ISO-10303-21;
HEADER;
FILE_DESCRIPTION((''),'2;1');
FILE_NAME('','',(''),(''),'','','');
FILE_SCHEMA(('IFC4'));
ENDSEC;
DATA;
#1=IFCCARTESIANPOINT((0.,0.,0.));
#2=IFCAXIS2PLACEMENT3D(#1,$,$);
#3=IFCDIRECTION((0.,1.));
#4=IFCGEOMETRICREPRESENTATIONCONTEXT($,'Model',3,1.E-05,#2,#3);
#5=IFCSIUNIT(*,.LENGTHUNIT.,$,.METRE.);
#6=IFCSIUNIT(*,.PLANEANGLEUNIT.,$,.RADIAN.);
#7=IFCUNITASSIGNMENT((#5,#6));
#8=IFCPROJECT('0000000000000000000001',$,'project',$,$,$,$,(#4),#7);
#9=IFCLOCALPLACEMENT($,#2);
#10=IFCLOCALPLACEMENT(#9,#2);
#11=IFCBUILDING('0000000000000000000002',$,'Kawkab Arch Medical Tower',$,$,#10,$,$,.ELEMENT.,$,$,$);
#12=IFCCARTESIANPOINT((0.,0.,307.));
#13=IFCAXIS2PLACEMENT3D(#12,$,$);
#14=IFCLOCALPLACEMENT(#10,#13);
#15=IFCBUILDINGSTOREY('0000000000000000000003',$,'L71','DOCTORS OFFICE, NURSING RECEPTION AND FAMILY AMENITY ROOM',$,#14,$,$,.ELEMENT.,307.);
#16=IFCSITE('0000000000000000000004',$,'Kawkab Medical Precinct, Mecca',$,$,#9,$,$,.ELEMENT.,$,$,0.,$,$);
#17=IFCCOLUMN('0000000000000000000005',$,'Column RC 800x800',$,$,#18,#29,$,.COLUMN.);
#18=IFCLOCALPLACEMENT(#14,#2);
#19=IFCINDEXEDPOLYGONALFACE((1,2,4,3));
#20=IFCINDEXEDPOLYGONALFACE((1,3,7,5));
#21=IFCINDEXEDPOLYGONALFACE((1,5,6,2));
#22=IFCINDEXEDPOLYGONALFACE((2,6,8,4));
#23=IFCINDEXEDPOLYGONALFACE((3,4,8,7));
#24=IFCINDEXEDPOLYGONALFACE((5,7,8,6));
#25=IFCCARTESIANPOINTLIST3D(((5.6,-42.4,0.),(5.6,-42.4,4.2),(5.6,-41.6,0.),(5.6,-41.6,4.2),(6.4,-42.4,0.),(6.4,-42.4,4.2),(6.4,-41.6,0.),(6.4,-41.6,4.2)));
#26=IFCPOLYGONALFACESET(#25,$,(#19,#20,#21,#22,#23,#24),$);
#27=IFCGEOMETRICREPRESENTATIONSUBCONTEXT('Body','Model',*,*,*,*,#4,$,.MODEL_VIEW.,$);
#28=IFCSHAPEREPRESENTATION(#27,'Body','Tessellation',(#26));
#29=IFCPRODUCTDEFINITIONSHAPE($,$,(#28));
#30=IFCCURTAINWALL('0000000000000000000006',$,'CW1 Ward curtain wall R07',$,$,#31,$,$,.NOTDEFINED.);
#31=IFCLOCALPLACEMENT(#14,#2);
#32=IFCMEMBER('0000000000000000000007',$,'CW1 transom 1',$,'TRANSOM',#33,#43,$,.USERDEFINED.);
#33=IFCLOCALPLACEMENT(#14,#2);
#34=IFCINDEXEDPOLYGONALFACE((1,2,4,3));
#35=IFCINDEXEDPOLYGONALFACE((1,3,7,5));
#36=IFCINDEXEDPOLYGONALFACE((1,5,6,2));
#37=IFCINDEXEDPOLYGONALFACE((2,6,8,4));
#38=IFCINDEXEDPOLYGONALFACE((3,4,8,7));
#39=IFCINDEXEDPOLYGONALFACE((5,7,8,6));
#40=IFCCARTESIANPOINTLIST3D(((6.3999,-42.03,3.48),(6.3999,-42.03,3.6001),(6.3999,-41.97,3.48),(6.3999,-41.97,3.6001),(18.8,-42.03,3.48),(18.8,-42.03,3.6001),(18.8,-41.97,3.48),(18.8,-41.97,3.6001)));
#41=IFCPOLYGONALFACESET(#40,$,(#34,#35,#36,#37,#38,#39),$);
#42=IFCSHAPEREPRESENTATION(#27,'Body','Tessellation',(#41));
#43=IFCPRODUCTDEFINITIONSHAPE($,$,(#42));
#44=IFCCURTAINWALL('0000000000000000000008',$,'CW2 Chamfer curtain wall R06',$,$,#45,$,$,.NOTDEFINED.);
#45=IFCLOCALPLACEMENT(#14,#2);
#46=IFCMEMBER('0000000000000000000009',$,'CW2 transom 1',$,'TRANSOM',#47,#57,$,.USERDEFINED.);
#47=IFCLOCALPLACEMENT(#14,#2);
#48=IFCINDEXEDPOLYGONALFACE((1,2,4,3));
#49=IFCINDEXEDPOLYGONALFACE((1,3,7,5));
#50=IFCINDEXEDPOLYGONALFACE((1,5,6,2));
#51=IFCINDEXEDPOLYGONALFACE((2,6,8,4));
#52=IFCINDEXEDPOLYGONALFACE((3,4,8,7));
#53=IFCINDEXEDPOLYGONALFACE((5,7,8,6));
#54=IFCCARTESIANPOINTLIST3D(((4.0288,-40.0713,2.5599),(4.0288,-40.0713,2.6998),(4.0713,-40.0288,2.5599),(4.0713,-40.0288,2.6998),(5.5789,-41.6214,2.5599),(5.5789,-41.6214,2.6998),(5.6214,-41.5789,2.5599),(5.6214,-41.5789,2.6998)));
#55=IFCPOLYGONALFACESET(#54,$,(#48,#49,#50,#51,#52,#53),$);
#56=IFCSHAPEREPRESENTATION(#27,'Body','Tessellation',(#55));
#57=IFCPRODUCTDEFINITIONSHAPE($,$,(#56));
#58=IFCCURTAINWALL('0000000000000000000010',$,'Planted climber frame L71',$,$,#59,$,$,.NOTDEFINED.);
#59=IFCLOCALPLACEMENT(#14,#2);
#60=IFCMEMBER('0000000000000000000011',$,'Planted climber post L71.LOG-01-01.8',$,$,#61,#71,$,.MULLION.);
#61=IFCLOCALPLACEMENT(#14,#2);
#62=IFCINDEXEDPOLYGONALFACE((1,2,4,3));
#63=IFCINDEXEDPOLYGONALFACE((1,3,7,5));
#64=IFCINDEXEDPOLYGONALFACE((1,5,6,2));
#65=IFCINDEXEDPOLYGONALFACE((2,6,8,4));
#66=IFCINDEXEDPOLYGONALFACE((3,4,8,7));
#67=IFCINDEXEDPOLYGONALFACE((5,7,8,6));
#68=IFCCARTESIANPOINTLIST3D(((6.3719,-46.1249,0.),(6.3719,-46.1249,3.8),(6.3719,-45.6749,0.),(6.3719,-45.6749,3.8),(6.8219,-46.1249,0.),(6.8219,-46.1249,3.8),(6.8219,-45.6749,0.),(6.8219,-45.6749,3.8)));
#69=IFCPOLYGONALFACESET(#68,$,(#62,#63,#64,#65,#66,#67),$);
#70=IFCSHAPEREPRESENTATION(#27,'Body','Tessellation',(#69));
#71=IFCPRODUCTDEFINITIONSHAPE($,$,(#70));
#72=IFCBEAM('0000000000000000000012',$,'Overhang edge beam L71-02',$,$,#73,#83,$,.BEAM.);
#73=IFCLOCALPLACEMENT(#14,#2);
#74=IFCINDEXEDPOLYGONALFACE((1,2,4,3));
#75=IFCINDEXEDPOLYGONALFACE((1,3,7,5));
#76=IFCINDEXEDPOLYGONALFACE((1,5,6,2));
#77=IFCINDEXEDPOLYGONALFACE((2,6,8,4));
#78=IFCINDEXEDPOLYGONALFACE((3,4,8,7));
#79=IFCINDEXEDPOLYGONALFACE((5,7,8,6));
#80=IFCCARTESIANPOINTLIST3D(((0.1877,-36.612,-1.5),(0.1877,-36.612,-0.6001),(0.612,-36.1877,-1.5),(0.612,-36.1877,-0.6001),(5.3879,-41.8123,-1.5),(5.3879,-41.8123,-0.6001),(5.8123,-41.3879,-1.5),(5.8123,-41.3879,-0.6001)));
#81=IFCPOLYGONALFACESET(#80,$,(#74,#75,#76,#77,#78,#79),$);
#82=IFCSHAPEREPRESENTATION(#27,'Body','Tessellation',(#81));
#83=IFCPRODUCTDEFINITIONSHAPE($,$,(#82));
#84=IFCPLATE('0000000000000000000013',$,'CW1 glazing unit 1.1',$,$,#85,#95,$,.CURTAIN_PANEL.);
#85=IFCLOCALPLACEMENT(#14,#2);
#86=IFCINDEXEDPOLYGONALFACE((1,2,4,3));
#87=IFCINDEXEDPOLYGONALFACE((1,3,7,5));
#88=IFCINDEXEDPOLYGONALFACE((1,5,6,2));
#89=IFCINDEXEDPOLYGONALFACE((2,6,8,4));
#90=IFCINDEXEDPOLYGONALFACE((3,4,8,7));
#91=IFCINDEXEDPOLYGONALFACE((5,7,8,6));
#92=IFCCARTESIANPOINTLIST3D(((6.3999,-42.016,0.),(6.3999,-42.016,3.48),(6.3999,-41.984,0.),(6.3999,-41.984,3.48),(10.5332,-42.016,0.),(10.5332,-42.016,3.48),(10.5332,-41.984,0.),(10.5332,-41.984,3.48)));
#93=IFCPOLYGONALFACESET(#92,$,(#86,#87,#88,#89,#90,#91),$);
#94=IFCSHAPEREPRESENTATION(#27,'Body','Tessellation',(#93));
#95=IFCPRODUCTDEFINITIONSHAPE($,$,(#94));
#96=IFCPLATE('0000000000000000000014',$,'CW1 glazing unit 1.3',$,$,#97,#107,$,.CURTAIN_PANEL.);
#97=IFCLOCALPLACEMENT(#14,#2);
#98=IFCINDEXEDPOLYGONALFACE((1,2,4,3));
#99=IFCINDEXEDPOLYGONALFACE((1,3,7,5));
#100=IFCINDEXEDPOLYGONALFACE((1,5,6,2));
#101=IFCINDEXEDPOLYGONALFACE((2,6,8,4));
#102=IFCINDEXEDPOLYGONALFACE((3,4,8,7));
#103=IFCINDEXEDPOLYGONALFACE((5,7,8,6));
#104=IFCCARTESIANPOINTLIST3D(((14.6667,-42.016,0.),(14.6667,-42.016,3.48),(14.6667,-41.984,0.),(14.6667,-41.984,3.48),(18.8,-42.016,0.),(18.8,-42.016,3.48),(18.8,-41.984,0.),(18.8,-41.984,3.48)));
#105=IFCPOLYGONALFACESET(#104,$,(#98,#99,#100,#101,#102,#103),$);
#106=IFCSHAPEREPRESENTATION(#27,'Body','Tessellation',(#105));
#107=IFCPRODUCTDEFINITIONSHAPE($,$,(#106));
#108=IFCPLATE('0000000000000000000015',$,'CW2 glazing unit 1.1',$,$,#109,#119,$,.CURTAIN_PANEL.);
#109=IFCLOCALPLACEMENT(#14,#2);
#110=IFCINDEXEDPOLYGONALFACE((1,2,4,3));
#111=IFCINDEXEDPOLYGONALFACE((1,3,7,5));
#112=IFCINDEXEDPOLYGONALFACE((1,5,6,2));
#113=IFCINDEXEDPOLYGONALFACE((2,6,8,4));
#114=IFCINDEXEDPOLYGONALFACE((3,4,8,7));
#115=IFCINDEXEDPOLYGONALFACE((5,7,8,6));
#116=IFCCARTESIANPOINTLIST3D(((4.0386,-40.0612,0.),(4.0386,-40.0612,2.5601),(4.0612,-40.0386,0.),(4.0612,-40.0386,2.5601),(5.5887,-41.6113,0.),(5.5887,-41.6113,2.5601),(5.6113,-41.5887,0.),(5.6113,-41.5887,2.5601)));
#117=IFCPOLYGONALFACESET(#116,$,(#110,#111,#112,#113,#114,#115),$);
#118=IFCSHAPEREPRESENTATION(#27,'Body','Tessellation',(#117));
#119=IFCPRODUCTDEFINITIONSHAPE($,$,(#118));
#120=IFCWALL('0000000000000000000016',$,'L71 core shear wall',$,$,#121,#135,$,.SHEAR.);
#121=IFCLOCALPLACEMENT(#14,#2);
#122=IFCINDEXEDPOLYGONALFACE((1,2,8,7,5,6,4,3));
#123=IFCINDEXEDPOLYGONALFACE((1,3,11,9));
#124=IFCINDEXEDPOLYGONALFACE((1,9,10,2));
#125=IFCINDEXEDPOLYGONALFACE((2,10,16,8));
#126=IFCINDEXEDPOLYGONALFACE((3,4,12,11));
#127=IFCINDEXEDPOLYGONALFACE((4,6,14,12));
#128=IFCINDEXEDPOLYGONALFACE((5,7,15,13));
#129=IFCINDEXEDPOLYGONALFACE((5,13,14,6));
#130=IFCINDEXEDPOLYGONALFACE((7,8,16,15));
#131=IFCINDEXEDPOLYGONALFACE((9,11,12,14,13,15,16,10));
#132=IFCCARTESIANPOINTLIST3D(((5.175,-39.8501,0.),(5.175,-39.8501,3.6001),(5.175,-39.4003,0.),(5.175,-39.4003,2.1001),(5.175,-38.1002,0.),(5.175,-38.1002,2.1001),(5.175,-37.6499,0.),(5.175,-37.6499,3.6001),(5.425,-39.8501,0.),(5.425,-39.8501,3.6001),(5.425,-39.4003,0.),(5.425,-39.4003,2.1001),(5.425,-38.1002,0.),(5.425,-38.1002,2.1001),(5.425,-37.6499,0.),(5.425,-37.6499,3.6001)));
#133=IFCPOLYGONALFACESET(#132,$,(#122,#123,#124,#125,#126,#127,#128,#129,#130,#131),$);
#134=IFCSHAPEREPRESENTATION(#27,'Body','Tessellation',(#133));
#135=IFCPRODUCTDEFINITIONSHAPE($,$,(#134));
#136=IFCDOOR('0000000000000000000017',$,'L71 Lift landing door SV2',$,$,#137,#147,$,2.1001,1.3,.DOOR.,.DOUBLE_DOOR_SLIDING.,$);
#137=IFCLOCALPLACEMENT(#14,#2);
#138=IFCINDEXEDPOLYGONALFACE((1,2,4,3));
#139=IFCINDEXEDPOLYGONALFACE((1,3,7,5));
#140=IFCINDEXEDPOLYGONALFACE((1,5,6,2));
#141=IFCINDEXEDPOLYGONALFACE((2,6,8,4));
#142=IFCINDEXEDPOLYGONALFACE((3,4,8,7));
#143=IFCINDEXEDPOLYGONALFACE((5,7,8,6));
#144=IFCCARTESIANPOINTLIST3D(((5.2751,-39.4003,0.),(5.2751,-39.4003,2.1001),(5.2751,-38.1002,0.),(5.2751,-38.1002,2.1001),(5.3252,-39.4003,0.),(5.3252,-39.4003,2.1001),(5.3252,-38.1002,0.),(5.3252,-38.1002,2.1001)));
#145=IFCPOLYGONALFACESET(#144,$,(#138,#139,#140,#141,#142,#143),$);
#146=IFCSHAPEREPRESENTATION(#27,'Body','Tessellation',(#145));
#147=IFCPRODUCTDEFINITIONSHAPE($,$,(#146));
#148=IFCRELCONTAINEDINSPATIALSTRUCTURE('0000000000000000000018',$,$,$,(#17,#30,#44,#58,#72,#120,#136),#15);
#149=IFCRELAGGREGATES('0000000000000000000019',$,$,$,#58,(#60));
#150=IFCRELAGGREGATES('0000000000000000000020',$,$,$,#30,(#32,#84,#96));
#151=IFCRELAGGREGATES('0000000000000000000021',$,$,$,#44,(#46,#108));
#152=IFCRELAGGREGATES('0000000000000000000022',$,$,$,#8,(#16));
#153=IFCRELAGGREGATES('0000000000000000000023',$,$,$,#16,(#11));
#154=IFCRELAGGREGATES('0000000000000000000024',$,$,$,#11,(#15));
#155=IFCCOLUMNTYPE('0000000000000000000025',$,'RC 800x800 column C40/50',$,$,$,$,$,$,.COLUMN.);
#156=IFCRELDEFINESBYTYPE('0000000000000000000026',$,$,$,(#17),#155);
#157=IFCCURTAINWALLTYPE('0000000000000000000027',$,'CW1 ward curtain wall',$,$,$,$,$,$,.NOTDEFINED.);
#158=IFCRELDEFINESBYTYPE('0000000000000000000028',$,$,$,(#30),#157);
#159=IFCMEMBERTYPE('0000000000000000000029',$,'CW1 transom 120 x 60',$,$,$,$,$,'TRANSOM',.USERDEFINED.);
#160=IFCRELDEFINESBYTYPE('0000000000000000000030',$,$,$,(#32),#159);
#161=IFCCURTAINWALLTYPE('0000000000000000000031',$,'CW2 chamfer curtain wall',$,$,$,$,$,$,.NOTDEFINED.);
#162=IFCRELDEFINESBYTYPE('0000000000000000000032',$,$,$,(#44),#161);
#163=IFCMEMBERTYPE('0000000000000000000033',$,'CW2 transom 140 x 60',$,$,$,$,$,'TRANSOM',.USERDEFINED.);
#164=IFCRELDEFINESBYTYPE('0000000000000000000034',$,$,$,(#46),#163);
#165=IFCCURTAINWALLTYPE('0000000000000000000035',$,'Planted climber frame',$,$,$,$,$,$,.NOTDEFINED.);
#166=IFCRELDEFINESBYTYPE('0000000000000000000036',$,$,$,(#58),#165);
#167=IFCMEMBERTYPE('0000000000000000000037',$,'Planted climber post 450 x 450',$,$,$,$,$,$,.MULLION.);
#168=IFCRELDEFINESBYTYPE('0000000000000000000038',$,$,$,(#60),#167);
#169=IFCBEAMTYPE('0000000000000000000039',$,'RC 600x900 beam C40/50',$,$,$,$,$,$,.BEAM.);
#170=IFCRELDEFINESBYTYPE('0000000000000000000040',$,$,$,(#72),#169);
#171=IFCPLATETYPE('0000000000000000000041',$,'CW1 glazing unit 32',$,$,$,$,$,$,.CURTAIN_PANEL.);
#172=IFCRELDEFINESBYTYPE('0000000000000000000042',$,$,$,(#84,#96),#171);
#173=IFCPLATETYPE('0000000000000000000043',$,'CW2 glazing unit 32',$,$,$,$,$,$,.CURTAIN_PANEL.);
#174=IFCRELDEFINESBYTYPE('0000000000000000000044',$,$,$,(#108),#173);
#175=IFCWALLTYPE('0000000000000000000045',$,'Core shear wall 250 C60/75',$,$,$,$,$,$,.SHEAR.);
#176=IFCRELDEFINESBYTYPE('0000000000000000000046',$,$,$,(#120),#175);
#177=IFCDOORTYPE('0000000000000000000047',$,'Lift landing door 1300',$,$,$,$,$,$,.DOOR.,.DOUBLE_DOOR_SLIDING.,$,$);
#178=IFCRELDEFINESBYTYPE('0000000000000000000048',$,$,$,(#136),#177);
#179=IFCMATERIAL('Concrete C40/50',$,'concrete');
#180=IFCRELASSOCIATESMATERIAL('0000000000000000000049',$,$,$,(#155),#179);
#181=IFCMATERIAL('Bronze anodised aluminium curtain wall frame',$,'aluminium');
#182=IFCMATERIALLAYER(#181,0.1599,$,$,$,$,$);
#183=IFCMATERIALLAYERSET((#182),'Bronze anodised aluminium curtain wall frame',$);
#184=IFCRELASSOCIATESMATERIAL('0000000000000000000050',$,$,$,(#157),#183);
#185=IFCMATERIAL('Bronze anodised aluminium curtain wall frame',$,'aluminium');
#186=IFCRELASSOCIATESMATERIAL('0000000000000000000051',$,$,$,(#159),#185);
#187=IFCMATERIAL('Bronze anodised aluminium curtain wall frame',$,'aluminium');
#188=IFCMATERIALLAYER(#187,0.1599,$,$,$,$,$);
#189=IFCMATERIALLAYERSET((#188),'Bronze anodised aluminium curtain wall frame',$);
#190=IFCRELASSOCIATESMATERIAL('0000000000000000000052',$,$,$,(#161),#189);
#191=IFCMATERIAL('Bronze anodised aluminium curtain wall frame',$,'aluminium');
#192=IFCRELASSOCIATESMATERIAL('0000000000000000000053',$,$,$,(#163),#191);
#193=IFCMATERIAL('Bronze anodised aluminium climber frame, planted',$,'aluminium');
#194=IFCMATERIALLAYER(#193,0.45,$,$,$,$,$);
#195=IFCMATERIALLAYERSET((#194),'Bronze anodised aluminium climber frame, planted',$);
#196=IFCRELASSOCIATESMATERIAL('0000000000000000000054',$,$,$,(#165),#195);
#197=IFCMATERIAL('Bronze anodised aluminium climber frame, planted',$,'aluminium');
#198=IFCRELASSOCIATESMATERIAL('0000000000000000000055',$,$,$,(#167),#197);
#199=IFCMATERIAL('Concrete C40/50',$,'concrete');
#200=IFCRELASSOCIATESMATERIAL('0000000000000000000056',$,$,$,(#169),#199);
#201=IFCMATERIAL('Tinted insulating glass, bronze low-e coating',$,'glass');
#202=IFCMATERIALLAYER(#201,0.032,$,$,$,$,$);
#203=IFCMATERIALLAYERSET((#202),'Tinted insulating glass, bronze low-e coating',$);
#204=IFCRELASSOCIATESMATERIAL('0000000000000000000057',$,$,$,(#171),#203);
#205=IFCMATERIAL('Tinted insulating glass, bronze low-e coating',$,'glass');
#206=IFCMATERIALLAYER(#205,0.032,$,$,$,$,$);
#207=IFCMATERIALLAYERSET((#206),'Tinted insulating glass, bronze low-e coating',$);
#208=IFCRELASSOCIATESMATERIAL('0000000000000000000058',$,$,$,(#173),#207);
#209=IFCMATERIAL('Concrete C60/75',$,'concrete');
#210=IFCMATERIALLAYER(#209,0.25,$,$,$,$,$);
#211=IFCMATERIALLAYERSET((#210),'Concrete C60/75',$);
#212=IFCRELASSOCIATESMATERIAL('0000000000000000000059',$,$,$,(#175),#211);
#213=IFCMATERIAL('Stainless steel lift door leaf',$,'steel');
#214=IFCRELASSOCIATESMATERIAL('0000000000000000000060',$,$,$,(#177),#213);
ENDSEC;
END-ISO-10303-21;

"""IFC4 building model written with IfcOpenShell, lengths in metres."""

from ifc_helpers import new_model, si_unit, direction, frame, frame_2d, origin, origin_2d, place, context, subcontext, project, spatial, rectangle, extrude, material, layer, layer_set, material_profile, profile_set, type_object, element, fill, aggregate, save


model = new_model("IFC4")

# Units and contexts
model_context = context("Model", 3, precision=1e-05, world=origin(), true_north=direction((0.0, 1.0)))
body_context = subcontext(model_context, "Body", "Model", "MODEL_VIEW")
ifc_project = project(units=[si_unit("LENGTHUNIT", "METRE"), si_unit("PLANEANGLEUNIT", "RADIAN")], contexts=[model_context])

# Site, building, storey
site_placement = place(None, origin())
site = spatial("IfcSite", under=ifc_project, at=site_placement, Name="Kawkab Medical Precinct, Mecca", CompositionType="ELEMENT", RefElevation=0.0)
building_placement = place(site_placement, origin())
building = spatial("IfcBuilding", under=site, at=building_placement, Name="Kawkab Arch Medical Tower", CompositionType="ELEMENT")
storey_placement = place(building_placement, frame((0.0, 0.0, 307.0)))
storey = spatial("IfcBuildingStorey", under=building, at=storey_placement, Name="L71", Description="DOCTORS OFFICE, NURSING RECEPTION AND FAMILY AMENITY ROOM", CompositionType="ELEMENT", Elevation=307.0)

# Column
ifc_material_1 = material(Name="Concrete C40/50", Category="concrete")
ifc_material_profile_1 = material_profile(ifc_material_1, rectangle(XDim=0.8, YDim=0.8, at=origin_2d()), Name="RC 800x800")
ifc_profile_set_1 = profile_set([ifc_material_profile_1], Name="Concrete C40/50")
column_type = type_object("IfcColumnType", Name="RC 800x800 column C40/50", PredefinedType="COLUMN", material=ifc_profile_set_1)
column_placement = place(storey_placement, frame((6.0, -42.0, 0.0), z_axis=(0.0, 0.0, 1.0), x_axis=(1.0, 0.0, 0.0)))
element("IfcColumn", 1, at=column_placement, inside=storey, type_object=column_type, Name="Column RC 800x800", PredefinedType="COLUMN", context=body_context, shape_type="SweptSolid", body=[
    extrude(rectangle(XDim=0.8, YDim=0.8, at=origin_2d()), origin(), (0.0, 0.0, 1.0), 4.2),
])

# Curtain walls, members
ifc_material_2 = material(Name="Bronze anodised aluminium curtain wall frame", Category="aluminium")
ifc_layer_1 = layer(ifc_material_2, 0.1599)
ifc_layer_set_1 = layer_set([ifc_layer_1], Name="Bronze anodised aluminium curtain wall frame")
curtain_wall_type_1 = type_object("IfcCurtainWallType", Name="CW1 ward curtain wall", PredefinedType="NOTDEFINED", material=ifc_layer_set_1)
placement = place(storey_placement, origin())
curtain_wall_1 = element("IfcCurtainWall", 2, at=placement, inside=storey, type_object=curtain_wall_type_1, Name="CW1 Ward curtain wall R07", PredefinedType="NOTDEFINED")
ifc_material_3 = material(Name="Bronze anodised aluminium curtain wall frame", Category="aluminium")
ifc_material_profile_2 = material_profile(ifc_material_3, rectangle(XDim=0.0601, YDim=0.1201, at=origin_2d()), Name="AL 60x120")
ifc_profile_set_2 = profile_set([ifc_material_profile_2], Name="Bronze anodised aluminium curtain wall frame")
member_type_1 = type_object("IfcMemberType", Name="CW1 transom 120 x 60", ElementType="TRANSOM", PredefinedType="USERDEFINED", material=ifc_profile_set_2)
member_1_placement = place(storey_placement, frame((6.3999, -42.0, 3.54), z_axis=(1.0, 0.0, 0.0), x_axis=(0.0, 1.0, 0.0)))
member_1 = element("IfcMember", 3, at=member_1_placement, type_object=member_type_1, Name="CW1 transom 1", ObjectType="TRANSOM", PredefinedType="USERDEFINED", context=body_context, shape_type="SweptSolid", body=[
    extrude(rectangle(XDim=0.0601, YDim=0.1201, at=origin_2d()), origin(), (0.0, 0.0, 1.0), 12.4001),
])
ifc_material_4 = material(Name="Bronze anodised aluminium curtain wall frame", Category="aluminium")
ifc_layer_2 = layer(ifc_material_4, 0.1599)
ifc_layer_set_2 = layer_set([ifc_layer_2], Name="Bronze anodised aluminium curtain wall frame")
curtain_wall_type_2 = type_object("IfcCurtainWallType", Name="CW2 chamfer curtain wall", PredefinedType="NOTDEFINED", material=ifc_layer_set_2)
curtain_wall_2 = element("IfcCurtainWall", 4, at=placement, inside=storey, type_object=curtain_wall_type_2, Name="CW2 Chamfer curtain wall R06", PredefinedType="NOTDEFINED")
ifc_material_5 = material(Name="Bronze anodised aluminium curtain wall frame", Category="aluminium")
ifc_material_profile_3 = material_profile(ifc_material_5, rectangle(XDim=0.0601, YDim=0.1399, at=origin_2d()), Name="AL 60x140")
ifc_profile_set_3 = profile_set([ifc_material_profile_3], Name="Bronze anodised aluminium curtain wall frame")
member_type_2 = type_object("IfcMemberType", Name="CW2 transom 140 x 60", ElementType="TRANSOM", PredefinedType="USERDEFINED", material=ifc_profile_set_3)
member_2_placement = place(storey_placement, frame((4.05, -40.05, 2.6299), z_axis=(0.707107, -0.707107, 0.0), x_axis=(0.707107, 0.707107, 0.0)))
member_2 = element("IfcMember", 5, at=member_2_placement, type_object=member_type_2, Name="CW2 transom 1", ObjectType="TRANSOM", PredefinedType="USERDEFINED", context=body_context, shape_type="SweptSolid", body=[
    extrude(rectangle(XDim=0.0601, YDim=0.1399, at=origin_2d()), origin(), (0.0, 0.0, 1.0), 2.1921),
])
ifc_material_6 = material(Name="Bronze anodised aluminium climber frame, planted", Category="aluminium")
ifc_layer_3 = layer(ifc_material_6, 0.45)
ifc_layer_set_3 = layer_set([ifc_layer_3], Name="Bronze anodised aluminium climber frame, planted")
curtain_wall_type_3 = type_object("IfcCurtainWallType", Name="Planted climber frame", PredefinedType="NOTDEFINED", material=ifc_layer_set_3)
curtain_wall_3 = element("IfcCurtainWall", 6, at=placement, inside=storey, type_object=curtain_wall_type_3, Name="Planted climber frame L71", PredefinedType="NOTDEFINED")
ifc_material_7 = material(Name="Bronze anodised aluminium climber frame, planted", Category="aluminium")
ifc_material_profile_4 = material_profile(ifc_material_7, rectangle(XDim=0.45, YDim=0.45, at=origin_2d()), Name="Post 450x450")
ifc_profile_set_4 = profile_set([ifc_material_profile_4], Name="Bronze anodised aluminium climber frame, planted")
member_type_3 = type_object("IfcMemberType", Name="Planted climber post 450 x 450", PredefinedType="MULLION", material=ifc_profile_set_4)
member_3_placement = place(storey_placement, frame((6.5969, -45.8999, 0.0), z_axis=(0.0, 0.0, 1.0), x_axis=(1.0, 0.0, 0.0)))
member_3 = element("IfcMember", 7, at=member_3_placement, type_object=member_type_3, Name="Planted climber post L71.LOG-01-01.8", PredefinedType="MULLION", context=body_context, shape_type="SweptSolid", body=[
    extrude(rectangle(XDim=0.45, YDim=0.45, at=origin_2d()), origin(), (0.0, 0.0, 1.0), 3.8),
])
aggregate(curtain_wall_3, [member_3])

# Beam
ifc_material_8 = material(Name="Concrete C40/50", Category="concrete")
ifc_material_profile_5 = material_profile(ifc_material_8, rectangle(XDim=0.6001, YDim=0.8999, at=origin_2d()), Name="RC 600x900")
ifc_profile_set_5 = profile_set([ifc_material_profile_5], Name="Concrete C40/50")
beam_type = type_object("IfcBeamType", Name="RC 600x900 beam C40/50", PredefinedType="BEAM", material=ifc_profile_set_5)
beam_placement = place(storey_placement, frame((5.6001, -41.6001, -1.05), z_axis=(-0.707107, 0.707107, 0.0), x_axis=(-0.707107, -0.707107, 0.0)))
element("IfcBeam", 8, at=beam_placement, inside=storey, type_object=beam_type, Name="Overhang edge beam L71-02", PredefinedType="BEAM", context=body_context, shape_type="SweptSolid", body=[
    extrude(rectangle(XDim=0.6001, YDim=0.8999, at=origin_2d()), origin(), (0.0, 0.0, 1.0), 7.3542),
])

# Plates
ifc_material_9 = material(Name="Tinted insulating glass, bronze low-e coating", Category="glass")
ifc_layer_4 = layer(ifc_material_9, 0.032)
ifc_layer_set_4 = layer_set([ifc_layer_4], Name="Tinted insulating glass, bronze low-e coating")
plate_type_1 = type_object("IfcPlateType", Name="CW1 glazing unit 32", PredefinedType="CURTAIN_PANEL", material=ifc_layer_set_4)
plate_1_placement = place(storey_placement, frame((8.4666, -42.0, 0.0), z_axis=(0.0, 0.0, 1.0), x_axis=(1.0, 0.0, 0.0)))
plate_1 = element("IfcPlate", 9, at=plate_1_placement, type_object=plate_type_1, Name="CW1 glazing unit 1.1", PredefinedType="CURTAIN_PANEL", context=body_context, shape_type="SweptSolid", body=[
    extrude(rectangle(XDim=4.1333, YDim=0.032, at=origin_2d()), origin(), (0.0, 0.0, 1.0), 3.48),
])
plate_2_placement = place(storey_placement, frame((16.7334, -42.0, 0.0), z_axis=(0.0, 0.0, 1.0), x_axis=(1.0, 0.0, 0.0)))
plate_2 = element("IfcPlate", 10, at=plate_2_placement, type_object=plate_type_1, Name="CW1 glazing unit 1.3", PredefinedType="CURTAIN_PANEL", context=body_context, shape_type="SweptSolid", body=[
    extrude(rectangle(XDim=4.1333, YDim=0.032, at=origin_2d()), origin(), (0.0, 0.0, 1.0), 3.48),
])
aggregate(curtain_wall_1, [member_1, plate_1, plate_2])
ifc_material_10 = material(Name="Tinted insulating glass, bronze low-e coating", Category="glass")
ifc_layer_5 = layer(ifc_material_10, 0.032)
ifc_layer_set_5 = layer_set([ifc_layer_5], Name="Tinted insulating glass, bronze low-e coating")
plate_type_2 = type_object("IfcPlateType", Name="CW2 glazing unit 32", PredefinedType="CURTAIN_PANEL", material=ifc_layer_set_5)
plate_3_placement = place(storey_placement, frame((4.825, -40.825, 0.0), z_axis=(0.0, 0.0, 1.0), x_axis=(0.707107, -0.707107, 0.0)))
plate_3 = element("IfcPlate", 11, at=plate_3_placement, type_object=plate_type_2, Name="CW2 glazing unit 1.1", PredefinedType="CURTAIN_PANEL", context=body_context, shape_type="SweptSolid", body=[
    extrude(rectangle(XDim=2.1921, YDim=0.032, at=origin_2d()), origin(), (0.0, 0.0, 1.0), 2.5601),
])
aggregate(curtain_wall_2, [member_2, plate_3])

# Wall, opening, door
ifc_material_11 = material(Name="Concrete C60/75", Category="concrete")
ifc_layer_6 = layer(ifc_material_11, 0.25)
ifc_layer_set_6 = layer_set([ifc_layer_6], Name="Concrete C60/75")
wall_type_1 = type_object("IfcWallType", Name="Core shear wall 250 C60/75", PredefinedType="SHEAR", material=ifc_layer_set_6)
wall_1_placement = place(storey_placement, frame((5.3, -39.8501, 0.0), z_axis=(0.0, 0.0, 1.0), x_axis=(0.0, 1.0, 0.0)))
wall_1 = element("IfcWall", 12, at=wall_1_placement, inside=storey, type_object=wall_type_1, Name="L71 core shear wall", PredefinedType="SHEAR", context=body_context, shape_type="SweptSolid", body=[
    extrude(rectangle(XDim=2.2002, YDim=0.25, at=frame_2d((1.1001, 0.0))), origin(), (0.0, 0.0, 1.0), 3.6001),
])
opening_1_placement = place(wall_1_placement, frame((0.45, 0.0, 0.0)))
opening_1 = element("IfcOpeningElement", 13, at=opening_1_placement, cuts=wall_1, PredefinedType="OPENING", context=body_context, shape_type="SweptSolid", body=[
    extrude(rectangle(XDim=1.3, YDim=2.1001, at=frame_2d((0.6499, 1.05))), frame((0.0, 0.135, 0.0), z_axis=(0.0, -1.0, 0.0), x_axis=(1.0, 0.0, 0.0)), (0.0, 0.0, 1.0), 0.27),
])
ifc_material_12 = material(Name="Stainless steel lift door leaf", Category="steel")
door_type_1 = type_object("IfcDoorType", Name="Lift landing door 1300", OperationType="DOUBLE_DOOR_SLIDING", PredefinedType="DOOR", material=ifc_material_12)
door_1_placement = place(opening_1_placement, origin())
door_1 = element("IfcDoor", 14, at=door_1_placement, inside=storey, type_object=door_type_1, Name="L71 Lift landing door SV2", OperationType="DOUBLE_DOOR_SLIDING", OverallHeight=2.1001, OverallWidth=1.3, PredefinedType="DOOR", context=body_context, shape_type="SweptSolid", body=[
    extrude(rectangle(XDim=1.3, YDim=2.1001, at=frame_2d((0.6499, 1.05))), frame((0.0, 0.0249, 0.0), z_axis=(0.0, -1.0, 0.0), x_axis=(1.0, 0.0, 0.0)), (0.0, 0.0, 1.0), 0.05),
])
fill(opening_1, door_1)

save(model, "model.ifc")
